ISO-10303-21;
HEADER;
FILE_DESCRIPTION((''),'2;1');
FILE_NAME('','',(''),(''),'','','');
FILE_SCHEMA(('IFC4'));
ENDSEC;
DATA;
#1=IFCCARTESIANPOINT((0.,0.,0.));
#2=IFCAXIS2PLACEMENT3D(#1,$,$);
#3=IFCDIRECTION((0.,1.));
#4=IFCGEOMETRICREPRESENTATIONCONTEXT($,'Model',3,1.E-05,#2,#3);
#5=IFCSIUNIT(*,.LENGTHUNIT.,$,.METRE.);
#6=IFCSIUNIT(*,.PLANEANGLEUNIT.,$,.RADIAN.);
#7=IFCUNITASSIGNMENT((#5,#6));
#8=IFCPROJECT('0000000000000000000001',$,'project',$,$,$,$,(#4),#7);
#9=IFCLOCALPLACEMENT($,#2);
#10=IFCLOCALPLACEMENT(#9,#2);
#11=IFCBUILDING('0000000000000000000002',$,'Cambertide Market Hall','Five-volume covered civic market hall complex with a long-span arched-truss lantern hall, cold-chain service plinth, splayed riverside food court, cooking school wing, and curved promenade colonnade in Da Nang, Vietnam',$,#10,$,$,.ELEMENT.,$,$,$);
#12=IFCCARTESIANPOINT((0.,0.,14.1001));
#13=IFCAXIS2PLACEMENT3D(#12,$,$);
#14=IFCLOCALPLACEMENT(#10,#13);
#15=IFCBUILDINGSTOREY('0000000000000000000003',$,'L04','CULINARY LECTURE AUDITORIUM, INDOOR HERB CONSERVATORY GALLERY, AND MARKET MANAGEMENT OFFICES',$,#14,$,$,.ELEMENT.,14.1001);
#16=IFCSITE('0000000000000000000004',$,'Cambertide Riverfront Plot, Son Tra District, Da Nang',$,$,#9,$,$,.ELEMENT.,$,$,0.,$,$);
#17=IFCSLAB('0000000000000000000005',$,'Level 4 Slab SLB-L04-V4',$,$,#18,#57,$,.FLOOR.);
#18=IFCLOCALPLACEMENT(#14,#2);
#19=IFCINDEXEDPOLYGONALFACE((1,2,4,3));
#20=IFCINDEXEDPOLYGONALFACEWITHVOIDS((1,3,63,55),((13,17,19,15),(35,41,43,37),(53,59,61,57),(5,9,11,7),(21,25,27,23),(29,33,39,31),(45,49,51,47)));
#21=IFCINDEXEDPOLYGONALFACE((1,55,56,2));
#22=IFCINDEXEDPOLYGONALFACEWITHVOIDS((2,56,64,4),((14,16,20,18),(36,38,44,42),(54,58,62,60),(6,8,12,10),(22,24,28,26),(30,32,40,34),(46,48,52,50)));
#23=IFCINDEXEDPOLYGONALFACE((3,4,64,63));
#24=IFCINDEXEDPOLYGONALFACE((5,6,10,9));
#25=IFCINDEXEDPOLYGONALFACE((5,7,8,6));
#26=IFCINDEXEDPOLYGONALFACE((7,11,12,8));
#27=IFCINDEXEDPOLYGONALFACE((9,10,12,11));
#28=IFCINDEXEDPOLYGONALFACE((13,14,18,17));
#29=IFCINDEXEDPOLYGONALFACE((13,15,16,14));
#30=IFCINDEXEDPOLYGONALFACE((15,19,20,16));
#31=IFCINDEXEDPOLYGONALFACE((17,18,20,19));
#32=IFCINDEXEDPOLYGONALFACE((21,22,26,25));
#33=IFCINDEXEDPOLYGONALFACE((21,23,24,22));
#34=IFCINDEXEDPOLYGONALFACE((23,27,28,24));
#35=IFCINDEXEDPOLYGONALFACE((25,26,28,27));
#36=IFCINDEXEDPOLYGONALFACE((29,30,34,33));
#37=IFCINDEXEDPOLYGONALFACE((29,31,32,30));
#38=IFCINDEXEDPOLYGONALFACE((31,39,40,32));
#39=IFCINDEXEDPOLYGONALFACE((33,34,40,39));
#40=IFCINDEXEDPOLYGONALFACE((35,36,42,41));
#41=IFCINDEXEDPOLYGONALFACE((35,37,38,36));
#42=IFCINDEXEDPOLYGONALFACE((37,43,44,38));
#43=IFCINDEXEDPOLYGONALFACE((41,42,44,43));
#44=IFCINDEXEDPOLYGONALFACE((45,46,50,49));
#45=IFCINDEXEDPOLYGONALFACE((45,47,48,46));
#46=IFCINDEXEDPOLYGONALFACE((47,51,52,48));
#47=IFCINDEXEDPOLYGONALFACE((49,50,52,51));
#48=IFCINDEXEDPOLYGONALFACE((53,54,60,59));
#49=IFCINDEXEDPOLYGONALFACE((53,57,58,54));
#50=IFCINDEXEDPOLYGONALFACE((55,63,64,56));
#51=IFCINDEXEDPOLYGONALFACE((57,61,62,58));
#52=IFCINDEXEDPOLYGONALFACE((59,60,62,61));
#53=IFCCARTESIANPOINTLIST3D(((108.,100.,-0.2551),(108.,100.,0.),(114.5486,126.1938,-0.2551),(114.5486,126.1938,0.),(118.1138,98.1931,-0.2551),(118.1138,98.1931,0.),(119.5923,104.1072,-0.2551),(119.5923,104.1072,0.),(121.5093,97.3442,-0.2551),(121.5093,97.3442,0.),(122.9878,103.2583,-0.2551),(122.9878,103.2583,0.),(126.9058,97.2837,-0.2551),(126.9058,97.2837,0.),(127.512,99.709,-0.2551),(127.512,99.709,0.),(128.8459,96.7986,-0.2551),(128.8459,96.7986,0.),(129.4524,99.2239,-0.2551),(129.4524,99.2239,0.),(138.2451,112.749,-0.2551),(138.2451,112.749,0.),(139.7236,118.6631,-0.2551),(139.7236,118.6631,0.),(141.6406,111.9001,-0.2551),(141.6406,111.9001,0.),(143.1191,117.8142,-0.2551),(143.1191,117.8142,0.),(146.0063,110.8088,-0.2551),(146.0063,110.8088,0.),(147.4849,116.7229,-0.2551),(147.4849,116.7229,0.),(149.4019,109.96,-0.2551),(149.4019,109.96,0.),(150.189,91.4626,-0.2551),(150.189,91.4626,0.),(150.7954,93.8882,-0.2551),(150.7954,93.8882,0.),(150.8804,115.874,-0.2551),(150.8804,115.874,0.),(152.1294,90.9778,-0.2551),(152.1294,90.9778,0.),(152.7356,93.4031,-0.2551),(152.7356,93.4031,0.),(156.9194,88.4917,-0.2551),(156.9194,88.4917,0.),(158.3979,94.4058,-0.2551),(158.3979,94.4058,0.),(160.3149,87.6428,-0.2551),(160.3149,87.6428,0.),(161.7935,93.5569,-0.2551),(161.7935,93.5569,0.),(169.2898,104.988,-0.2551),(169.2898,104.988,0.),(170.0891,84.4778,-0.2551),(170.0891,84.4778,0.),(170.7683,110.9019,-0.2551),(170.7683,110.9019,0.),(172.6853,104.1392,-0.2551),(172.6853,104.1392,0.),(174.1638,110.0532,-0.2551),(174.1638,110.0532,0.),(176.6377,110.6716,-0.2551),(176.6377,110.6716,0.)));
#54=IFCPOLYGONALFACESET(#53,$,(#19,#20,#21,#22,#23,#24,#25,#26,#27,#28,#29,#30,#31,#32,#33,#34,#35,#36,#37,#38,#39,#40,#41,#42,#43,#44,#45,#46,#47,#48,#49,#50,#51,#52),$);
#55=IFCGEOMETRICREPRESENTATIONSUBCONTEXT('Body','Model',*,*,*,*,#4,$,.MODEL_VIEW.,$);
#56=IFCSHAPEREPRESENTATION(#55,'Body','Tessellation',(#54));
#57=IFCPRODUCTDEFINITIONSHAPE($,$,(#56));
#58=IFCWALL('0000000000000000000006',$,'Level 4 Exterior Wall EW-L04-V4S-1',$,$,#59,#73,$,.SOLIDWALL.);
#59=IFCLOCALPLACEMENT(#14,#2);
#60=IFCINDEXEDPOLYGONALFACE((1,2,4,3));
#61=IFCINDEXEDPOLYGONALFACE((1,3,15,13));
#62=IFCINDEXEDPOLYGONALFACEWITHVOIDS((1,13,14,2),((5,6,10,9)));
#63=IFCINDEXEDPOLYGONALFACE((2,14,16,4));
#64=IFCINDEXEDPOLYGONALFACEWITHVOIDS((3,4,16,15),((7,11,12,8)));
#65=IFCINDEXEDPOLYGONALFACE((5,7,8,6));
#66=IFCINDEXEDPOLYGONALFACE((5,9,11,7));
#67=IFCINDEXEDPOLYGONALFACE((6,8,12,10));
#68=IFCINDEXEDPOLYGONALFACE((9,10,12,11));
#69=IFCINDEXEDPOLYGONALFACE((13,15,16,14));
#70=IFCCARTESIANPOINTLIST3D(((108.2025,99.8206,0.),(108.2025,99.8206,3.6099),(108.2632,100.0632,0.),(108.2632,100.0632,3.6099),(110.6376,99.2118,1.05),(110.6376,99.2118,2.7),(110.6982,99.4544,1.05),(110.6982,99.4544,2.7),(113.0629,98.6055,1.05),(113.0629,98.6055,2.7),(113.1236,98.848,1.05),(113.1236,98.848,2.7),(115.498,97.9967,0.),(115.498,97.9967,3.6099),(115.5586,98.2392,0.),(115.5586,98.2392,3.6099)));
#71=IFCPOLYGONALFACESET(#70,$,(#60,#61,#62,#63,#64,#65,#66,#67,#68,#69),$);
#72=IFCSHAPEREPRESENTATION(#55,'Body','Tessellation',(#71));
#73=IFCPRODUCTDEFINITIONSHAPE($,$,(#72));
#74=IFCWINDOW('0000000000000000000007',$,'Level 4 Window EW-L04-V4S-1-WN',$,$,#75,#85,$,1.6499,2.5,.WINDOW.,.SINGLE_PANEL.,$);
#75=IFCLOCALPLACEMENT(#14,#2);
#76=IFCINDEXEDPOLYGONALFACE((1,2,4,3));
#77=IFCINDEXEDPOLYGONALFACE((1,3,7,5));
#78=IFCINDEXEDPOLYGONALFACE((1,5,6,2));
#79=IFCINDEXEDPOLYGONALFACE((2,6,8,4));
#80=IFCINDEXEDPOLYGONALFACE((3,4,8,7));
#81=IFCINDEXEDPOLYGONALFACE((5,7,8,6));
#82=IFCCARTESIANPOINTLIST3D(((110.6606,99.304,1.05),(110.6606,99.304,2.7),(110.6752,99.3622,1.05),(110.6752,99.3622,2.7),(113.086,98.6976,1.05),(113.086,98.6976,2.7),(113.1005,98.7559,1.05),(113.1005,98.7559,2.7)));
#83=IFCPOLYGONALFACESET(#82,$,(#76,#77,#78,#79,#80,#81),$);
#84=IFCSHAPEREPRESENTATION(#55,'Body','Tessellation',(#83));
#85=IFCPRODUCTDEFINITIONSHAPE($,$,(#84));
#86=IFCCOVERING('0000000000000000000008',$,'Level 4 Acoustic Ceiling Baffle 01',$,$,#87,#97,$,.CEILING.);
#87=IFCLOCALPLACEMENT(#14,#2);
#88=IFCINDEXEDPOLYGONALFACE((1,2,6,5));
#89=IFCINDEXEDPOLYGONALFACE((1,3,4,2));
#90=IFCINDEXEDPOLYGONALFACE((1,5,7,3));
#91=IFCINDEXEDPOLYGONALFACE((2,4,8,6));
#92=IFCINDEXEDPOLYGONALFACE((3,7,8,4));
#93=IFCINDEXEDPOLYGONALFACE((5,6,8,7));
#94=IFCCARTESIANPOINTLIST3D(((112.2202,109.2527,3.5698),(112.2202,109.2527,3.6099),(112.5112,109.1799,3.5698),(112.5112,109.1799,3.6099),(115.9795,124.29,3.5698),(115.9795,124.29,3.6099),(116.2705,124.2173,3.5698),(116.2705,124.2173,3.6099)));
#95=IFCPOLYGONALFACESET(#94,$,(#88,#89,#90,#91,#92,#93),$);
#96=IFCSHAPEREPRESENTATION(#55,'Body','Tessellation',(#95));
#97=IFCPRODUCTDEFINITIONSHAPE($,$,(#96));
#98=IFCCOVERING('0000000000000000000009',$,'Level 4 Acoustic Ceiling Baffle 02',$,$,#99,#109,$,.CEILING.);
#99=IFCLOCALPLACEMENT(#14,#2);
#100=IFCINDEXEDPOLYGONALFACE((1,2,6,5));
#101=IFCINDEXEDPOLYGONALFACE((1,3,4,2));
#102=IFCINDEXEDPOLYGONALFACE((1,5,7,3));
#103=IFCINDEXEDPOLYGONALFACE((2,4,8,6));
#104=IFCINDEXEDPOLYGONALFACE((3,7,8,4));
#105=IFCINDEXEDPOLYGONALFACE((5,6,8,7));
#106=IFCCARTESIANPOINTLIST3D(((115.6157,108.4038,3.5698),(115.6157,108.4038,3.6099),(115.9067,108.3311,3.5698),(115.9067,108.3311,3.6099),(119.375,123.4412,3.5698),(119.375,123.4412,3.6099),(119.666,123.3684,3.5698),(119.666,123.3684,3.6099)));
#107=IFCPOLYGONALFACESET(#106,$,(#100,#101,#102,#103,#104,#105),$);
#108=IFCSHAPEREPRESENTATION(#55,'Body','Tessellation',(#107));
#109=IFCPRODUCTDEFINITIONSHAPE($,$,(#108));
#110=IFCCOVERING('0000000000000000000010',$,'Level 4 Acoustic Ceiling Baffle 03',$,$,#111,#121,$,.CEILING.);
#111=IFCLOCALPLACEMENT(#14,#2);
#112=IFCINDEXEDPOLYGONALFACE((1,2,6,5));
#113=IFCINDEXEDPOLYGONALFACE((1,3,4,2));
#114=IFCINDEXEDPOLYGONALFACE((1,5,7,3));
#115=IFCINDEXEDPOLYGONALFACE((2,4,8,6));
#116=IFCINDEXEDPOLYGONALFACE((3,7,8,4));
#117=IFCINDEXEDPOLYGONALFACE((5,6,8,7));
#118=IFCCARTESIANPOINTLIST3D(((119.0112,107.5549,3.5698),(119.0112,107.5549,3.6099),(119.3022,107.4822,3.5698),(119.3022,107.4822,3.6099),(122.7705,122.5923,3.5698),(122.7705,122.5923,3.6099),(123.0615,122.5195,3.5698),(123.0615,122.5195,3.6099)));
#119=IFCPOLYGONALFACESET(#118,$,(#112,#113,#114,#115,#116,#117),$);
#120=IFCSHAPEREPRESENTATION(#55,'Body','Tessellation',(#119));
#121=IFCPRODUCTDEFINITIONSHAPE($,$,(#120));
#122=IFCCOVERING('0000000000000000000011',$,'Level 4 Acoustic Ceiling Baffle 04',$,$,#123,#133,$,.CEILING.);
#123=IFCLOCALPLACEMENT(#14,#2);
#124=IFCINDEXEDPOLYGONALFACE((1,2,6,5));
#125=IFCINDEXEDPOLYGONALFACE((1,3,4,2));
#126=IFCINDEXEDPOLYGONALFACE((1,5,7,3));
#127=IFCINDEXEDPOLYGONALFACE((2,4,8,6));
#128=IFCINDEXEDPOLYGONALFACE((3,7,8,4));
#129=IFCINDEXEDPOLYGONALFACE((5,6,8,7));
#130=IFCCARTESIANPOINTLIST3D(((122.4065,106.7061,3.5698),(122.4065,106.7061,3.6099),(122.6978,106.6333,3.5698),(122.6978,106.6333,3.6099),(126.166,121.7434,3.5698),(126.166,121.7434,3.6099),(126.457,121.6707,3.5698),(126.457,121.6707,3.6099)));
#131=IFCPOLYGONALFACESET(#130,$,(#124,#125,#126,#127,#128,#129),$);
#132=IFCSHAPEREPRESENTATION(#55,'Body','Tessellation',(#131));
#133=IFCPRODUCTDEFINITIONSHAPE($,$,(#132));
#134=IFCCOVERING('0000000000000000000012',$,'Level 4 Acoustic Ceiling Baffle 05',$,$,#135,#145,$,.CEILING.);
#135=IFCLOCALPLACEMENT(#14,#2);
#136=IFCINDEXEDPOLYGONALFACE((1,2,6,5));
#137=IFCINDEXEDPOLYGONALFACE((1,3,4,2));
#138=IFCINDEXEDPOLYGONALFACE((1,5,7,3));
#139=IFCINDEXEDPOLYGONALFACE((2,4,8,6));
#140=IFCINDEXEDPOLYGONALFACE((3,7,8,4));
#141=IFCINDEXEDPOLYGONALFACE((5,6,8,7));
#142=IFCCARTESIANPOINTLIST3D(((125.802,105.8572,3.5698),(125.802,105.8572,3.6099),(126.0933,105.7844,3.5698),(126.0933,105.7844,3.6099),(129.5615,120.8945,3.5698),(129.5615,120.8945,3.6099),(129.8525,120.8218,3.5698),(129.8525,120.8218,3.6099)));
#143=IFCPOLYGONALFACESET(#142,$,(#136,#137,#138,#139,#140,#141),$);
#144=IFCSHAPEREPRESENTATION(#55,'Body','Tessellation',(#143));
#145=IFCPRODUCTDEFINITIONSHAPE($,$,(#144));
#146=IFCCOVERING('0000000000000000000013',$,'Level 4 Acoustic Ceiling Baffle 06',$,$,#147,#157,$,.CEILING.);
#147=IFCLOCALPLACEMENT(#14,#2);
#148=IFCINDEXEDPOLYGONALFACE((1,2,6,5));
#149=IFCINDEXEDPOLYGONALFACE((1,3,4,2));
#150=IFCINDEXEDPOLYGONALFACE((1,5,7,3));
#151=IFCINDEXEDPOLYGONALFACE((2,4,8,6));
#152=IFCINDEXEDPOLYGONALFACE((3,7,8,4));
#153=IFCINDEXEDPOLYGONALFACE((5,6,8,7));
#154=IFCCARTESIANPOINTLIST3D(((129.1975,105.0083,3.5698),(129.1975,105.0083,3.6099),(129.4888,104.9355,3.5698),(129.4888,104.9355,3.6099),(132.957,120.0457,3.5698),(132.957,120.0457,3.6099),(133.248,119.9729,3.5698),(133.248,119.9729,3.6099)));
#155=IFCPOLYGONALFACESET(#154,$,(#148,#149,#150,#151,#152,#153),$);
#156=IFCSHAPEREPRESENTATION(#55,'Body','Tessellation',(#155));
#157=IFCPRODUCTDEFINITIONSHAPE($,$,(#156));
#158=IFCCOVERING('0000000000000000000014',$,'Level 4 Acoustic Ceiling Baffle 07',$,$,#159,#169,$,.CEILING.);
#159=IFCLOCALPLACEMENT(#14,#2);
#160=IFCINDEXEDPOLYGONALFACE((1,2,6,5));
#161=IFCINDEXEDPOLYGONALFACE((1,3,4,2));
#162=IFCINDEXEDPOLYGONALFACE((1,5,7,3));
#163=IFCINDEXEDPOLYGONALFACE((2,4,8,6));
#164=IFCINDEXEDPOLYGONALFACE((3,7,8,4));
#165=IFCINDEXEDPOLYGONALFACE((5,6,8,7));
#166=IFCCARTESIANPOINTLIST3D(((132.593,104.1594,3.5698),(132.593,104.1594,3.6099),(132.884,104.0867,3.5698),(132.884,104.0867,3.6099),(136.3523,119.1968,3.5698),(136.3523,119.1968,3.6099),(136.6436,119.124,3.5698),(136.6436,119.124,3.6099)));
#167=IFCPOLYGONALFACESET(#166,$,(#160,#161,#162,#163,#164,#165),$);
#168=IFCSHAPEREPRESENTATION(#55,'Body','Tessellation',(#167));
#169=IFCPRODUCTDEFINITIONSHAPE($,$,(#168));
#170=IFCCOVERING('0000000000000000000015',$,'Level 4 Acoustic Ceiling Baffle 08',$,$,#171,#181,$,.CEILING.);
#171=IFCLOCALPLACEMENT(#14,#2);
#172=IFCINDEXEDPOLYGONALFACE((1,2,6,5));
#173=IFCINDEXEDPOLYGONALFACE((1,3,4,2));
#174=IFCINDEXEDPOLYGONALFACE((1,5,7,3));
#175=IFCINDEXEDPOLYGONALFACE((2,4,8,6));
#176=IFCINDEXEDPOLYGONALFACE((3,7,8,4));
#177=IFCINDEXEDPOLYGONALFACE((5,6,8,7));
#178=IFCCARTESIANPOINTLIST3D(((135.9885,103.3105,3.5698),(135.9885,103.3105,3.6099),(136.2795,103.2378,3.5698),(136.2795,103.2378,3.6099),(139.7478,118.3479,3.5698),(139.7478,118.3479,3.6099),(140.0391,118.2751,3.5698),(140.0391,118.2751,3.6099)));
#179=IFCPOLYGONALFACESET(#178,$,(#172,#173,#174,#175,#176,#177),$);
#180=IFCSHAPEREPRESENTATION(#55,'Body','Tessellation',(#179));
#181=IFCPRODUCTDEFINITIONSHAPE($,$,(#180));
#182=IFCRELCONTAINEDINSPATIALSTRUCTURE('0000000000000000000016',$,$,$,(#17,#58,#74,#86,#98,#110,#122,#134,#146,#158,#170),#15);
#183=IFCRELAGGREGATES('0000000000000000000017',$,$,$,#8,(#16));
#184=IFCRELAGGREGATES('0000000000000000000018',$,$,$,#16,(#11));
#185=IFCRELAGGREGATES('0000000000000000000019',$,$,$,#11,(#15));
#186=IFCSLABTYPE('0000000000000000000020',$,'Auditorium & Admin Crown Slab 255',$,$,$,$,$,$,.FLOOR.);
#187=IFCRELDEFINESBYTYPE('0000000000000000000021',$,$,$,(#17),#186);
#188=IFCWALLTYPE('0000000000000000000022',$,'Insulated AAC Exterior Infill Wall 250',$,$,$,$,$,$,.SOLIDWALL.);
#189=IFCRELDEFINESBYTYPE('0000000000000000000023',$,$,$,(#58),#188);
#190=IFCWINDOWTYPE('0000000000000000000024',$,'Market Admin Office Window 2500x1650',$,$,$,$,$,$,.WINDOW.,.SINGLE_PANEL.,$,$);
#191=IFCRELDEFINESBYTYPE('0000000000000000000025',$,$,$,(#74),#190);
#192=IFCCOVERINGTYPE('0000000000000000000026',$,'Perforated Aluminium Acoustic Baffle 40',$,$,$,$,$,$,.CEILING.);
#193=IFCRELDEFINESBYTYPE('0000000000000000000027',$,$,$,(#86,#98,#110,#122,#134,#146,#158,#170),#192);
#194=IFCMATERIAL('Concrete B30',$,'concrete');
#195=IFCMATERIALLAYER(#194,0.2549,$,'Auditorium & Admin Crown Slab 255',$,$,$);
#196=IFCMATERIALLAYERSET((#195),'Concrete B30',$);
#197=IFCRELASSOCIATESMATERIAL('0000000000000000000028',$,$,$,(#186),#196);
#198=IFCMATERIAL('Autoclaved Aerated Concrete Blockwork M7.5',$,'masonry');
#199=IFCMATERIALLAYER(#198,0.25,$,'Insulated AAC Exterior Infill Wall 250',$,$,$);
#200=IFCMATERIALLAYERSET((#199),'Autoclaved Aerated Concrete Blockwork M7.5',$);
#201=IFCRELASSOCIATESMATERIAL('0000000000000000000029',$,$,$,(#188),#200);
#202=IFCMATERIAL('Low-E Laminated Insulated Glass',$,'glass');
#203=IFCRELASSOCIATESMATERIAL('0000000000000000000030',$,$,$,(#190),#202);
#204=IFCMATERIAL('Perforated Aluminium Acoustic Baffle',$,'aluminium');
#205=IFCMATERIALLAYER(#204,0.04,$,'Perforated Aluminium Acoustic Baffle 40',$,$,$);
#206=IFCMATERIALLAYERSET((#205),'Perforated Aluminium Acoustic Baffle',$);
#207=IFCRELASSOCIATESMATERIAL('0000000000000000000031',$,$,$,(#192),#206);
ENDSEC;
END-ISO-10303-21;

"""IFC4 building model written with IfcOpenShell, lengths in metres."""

from ifc_helpers import new_model, si_unit, direction, frame, frame_2d, origin, place, context, subcontext, project, spatial, polyline, rectangle, outline, extrude, material, layer, layer_set, type_object, element, fill, save


model = new_model("IFC4")

# Units and contexts
model_context = context("Model", 3, precision=1e-05, world=origin(), true_north=direction((0.0, 1.0)))
body_context = subcontext(model_context, "Body", "Model", "MODEL_VIEW")
ifc_project = project(units=[si_unit("LENGTHUNIT", "METRE"), si_unit("PLANEANGLEUNIT", "RADIAN")], contexts=[model_context])

# Site, building, storey
site_placement = place(None, origin())
site = spatial("IfcSite", under=ifc_project, at=site_placement, Name="Cambertide Riverfront Plot, Son Tra District, Da Nang", CompositionType="ELEMENT", RefElevation=0.0)
building_placement = place(site_placement, origin())
building = spatial("IfcBuilding", under=site, at=building_placement, Name="Cambertide Market Hall", Description="Five-volume covered civic market hall complex with a long-span arched-truss lantern hall, cold-chain service plinth, splayed riverside food court, cooking school wing, and curved promenade colonnade in Da Nang, Vietnam", CompositionType="ELEMENT")
storey_placement = place(building_placement, frame((0.0, 0.0, 14.1001)))
storey = spatial("IfcBuildingStorey", under=building, at=storey_placement, Name="L04", Description="CULINARY LECTURE AUDITORIUM, INDOOR HERB CONSERVATORY GALLERY, AND MARKET MANAGEMENT OFFICES", CompositionType="ELEMENT", Elevation=14.1001)

# Slab
ifc_material_1 = material(Name="Concrete B30", Category="concrete")
ifc_layer_1 = layer(ifc_material_1, 0.2549, Name="Auditorium & Admin Crown Slab 255")
ifc_layer_set_1 = layer_set([ifc_layer_1], Name="Concrete B30")
slab_type = type_object("IfcSlabType", Name="Auditorium & Admin Crown Slab 255", PredefinedType="FLOOR", material=ifc_layer_set_1)
slab_placement = place(storey_placement, frame((0.0, 0.0, -0.2551)))
element("IfcSlab", 1, at=slab_placement, inside=storey, type_object=slab_type, Name="Level 4 Slab SLB-L04-V4", PredefinedType="FLOOR", context=body_context, shape_type="SweptSolid", body=[
    extrude(outline(polyline([(108.0, 100.0), (170.0891, 84.4778), (176.6377, 110.6716), (114.5486, 126.1938), (108.0, 100.0)]), holes=[polyline([(122.9878, 103.2583), (121.5093, 97.3442), (118.1138, 98.1931), (119.5923, 104.1072), (122.9878, 103.2583)]), polyline([(138.2451, 112.749), (139.7236, 118.6631), (143.1191, 117.8142), (141.6406, 111.9001), (138.2451, 112.749)]), polyline([(161.7935, 93.5569), (160.3149, 87.6428), (156.9194, 88.4917), (158.3979, 94.4058), (161.7935, 93.5569)]), polyline([(169.2898, 104.988), (170.7683, 110.9019), (174.1638, 110.0532), (172.6853, 104.1392), (169.2898, 104.988)]), polyline([(146.0063, 110.8088), (147.4849, 116.7229), (150.8804, 115.874), (149.4019, 109.96), (146.0063, 110.8088)]), polyline([(127.512, 99.709), (129.4524, 99.2239), (128.8459, 96.7986), (126.9058, 97.2837), (127.512, 99.709)]), polyline([(150.7954, 93.8882), (152.7356, 93.4031), (152.1294, 90.9778), (150.189, 91.4626), (150.7954, 93.8882)])]), origin(), (0.0, 0.0, 1.0), 0.2551),
])

# Wall, opening, window
ifc_material_2 = material(Name="Autoclaved Aerated Concrete Blockwork M7.5", Category="masonry")
ifc_layer_2 = layer(ifc_material_2, 0.25, Name="Insulated AAC Exterior Infill Wall 250")
ifc_layer_set_2 = layer_set([ifc_layer_2], Name="Autoclaved Aerated Concrete Blockwork M7.5")
wall_type = type_object("IfcWallType", Name="Insulated AAC Exterior Infill Wall 250", PredefinedType="SOLIDWALL", material=ifc_layer_set_2)
wall_placement = place(storey_placement, frame((115.5283, 98.1179, 0.0), z_axis=(0.0, 0.0, 1.0), x_axis=(-0.970139, 0.242551, 0.0)))
wall = element("IfcWall", 2, at=wall_placement, inside=storey, type_object=wall_type, Name="Level 4 Exterior Wall EW-L04-V4S-1", PredefinedType="SOLIDWALL", context=body_context, shape_type="SweptSolid", body=[
    extrude(rectangle(XDim=7.52, YDim=0.25, at=frame_2d((3.76, 0.0))), origin(), (0.0, 0.0, 1.0), 3.6099),
])
opening_placement = place(wall_placement, frame((2.51, 0.0, 1.05)))
opening = element("IfcOpeningElement", 3, at=opening_placement, cuts=wall, PredefinedType="OPENING", context=body_context, shape_type="SweptSolid", body=[
    extrude(rectangle(XDim=2.5, YDim=1.6499, at=frame_2d((1.25, 0.825))), frame((0.0, 0.135, 0.0), z_axis=(0.0, -1.0, 0.0), x_axis=(1.0, 0.0, 0.0)), (0.0, 0.0, 1.0), 0.27),
])
ifc_material_3 = material(Name="Low-E Laminated Insulated Glass", Category="glass")
window_type = type_object("IfcWindowType", Name="Market Admin Office Window 2500x1650", PartitioningType="SINGLE_PANEL", PredefinedType="WINDOW", material=ifc_material_3)
window_placement = place(opening_placement, origin())
window = element("IfcWindow", 4, at=window_placement, inside=storey, type_object=window_type, Name="Level 4 Window EW-L04-V4S-1-WN", OverallHeight=1.6499, OverallWidth=2.5, PartitioningType="SINGLE_PANEL", PredefinedType="WINDOW", context=body_context, shape_type="SweptSolid", body=[
    extrude(rectangle(XDim=2.5, YDim=1.6499, at=frame_2d((1.25, 0.825))), frame((0.0, 0.03, 0.0), z_axis=(0.0, -1.0, 0.0), x_axis=(1.0, 0.0, 0.0)), (0.0, 0.0, 1.0), 0.0601),
])
fill(opening, window)

# Coverings
ifc_material_4 = material(Name="Perforated Aluminium Acoustic Baffle", Category="aluminium")
ifc_layer_3 = layer(ifc_material_4, 0.04, Name="Perforated Aluminium Acoustic Baffle 40")
ifc_layer_set_3 = layer_set([ifc_layer_3], Name="Perforated Aluminium Acoustic Baffle")
covering_type = type_object("IfcCoveringType", Name="Perforated Aluminium Acoustic Baffle 40", PredefinedType="CEILING", material=ifc_layer_set_3)
covering_1_placement = place(storey_placement, frame((0.0, 0.0, 3.5698)))
element("IfcCovering", 5, at=covering_1_placement, inside=storey, type_object=covering_type, Name="Level 4 Acoustic Ceiling Baffle 01", PredefinedType="CEILING", context=body_context, shape_type="SweptSolid", body=[
    extrude(outline(polyline([(112.2202, 109.2527), (112.5112, 109.1799), (116.2705, 124.2173), (115.9795, 124.29), (112.2202, 109.2527)])), origin(), (0.0, 0.0, 1.0), 0.04),
])
covering_2_placement = place(storey_placement, frame((0.0, 0.0, 3.5698)))
element("IfcCovering", 6, at=covering_2_placement, inside=storey, type_object=covering_type, Name="Level 4 Acoustic Ceiling Baffle 02", PredefinedType="CEILING", context=body_context, shape_type="SweptSolid", body=[
    extrude(outline(polyline([(115.6157, 108.4038), (115.9067, 108.3311), (119.666, 123.3684), (119.375, 123.4412), (115.6157, 108.4038)])), origin(), (0.0, 0.0, 1.0), 0.04),
])
covering_3_placement = place(storey_placement, frame((0.0, 0.0, 3.5698)))
element("IfcCovering", 7, at=covering_3_placement, inside=storey, type_object=covering_type, Name="Level 4 Acoustic Ceiling Baffle 03", PredefinedType="CEILING", context=body_context, shape_type="SweptSolid", body=[
    extrude(outline(polyline([(119.0112, 107.5549), (119.3022, 107.4822), (123.0615, 122.5195), (122.7705, 122.5923), (119.0112, 107.5549)])), origin(), (0.0, 0.0, 1.0), 0.04),
])
covering_4_placement = place(storey_placement, frame((0.0, 0.0, 3.5698)))
element("IfcCovering", 8, at=covering_4_placement, inside=storey, type_object=covering_type, Name="Level 4 Acoustic Ceiling Baffle 04", PredefinedType="CEILING", context=body_context, shape_type="SweptSolid", body=[
    extrude(outline(polyline([(122.4065, 106.7061), (122.6978, 106.6333), (126.457, 121.6707), (126.166, 121.7434), (122.4065, 106.7061)])), origin(), (0.0, 0.0, 1.0), 0.04),
])
covering_5_placement = place(storey_placement, frame((0.0, 0.0, 3.5698)))
element("IfcCovering", 9, at=covering_5_placement, inside=storey, type_object=covering_type, Name="Level 4 Acoustic Ceiling Baffle 05", PredefinedType="CEILING", context=body_context, shape_type="SweptSolid", body=[
    extrude(outline(polyline([(125.802, 105.8572), (126.0933, 105.7844), (129.8525, 120.8218), (129.5615, 120.8945), (125.802, 105.8572)])), origin(), (0.0, 0.0, 1.0), 0.04),
])
covering_6_placement = place(storey_placement, frame((0.0, 0.0, 3.5698)))
element("IfcCovering", 10, at=covering_6_placement, inside=storey, type_object=covering_type, Name="Level 4 Acoustic Ceiling Baffle 06", PredefinedType="CEILING", context=body_context, shape_type="SweptSolid", body=[
    extrude(outline(polyline([(129.1975, 105.0083), (129.4888, 104.9355), (133.248, 119.9729), (132.957, 120.0457), (129.1975, 105.0083)])), origin(), (0.0, 0.0, 1.0), 0.04),
])
covering_7_placement = place(storey_placement, frame((0.0, 0.0, 3.5698)))
element("IfcCovering", 11, at=covering_7_placement, inside=storey, type_object=covering_type, Name="Level 4 Acoustic Ceiling Baffle 07", PredefinedType="CEILING", context=body_context, shape_type="SweptSolid", body=[
    extrude(outline(polyline([(132.593, 104.1594), (132.884, 104.0867), (136.6436, 119.124), (136.3523, 119.1968), (132.593, 104.1594)])), origin(), (0.0, 0.0, 1.0), 0.04),
])
covering_8_placement = place(storey_placement, frame((0.0, 0.0, 3.5698)))
element("IfcCovering", 12, at=covering_8_placement, inside=storey, type_object=covering_type, Name="Level 4 Acoustic Ceiling Baffle 08", PredefinedType="CEILING", context=body_context, shape_type="SweptSolid", body=[
    extrude(outline(polyline([(135.9885, 103.3105), (136.2795, 103.2378), (140.0391, 118.2751), (139.7478, 118.3479), (135.9885, 103.3105)])), origin(), (0.0, 0.0, 1.0), 0.04),
])

save(model, "model.ifc")
